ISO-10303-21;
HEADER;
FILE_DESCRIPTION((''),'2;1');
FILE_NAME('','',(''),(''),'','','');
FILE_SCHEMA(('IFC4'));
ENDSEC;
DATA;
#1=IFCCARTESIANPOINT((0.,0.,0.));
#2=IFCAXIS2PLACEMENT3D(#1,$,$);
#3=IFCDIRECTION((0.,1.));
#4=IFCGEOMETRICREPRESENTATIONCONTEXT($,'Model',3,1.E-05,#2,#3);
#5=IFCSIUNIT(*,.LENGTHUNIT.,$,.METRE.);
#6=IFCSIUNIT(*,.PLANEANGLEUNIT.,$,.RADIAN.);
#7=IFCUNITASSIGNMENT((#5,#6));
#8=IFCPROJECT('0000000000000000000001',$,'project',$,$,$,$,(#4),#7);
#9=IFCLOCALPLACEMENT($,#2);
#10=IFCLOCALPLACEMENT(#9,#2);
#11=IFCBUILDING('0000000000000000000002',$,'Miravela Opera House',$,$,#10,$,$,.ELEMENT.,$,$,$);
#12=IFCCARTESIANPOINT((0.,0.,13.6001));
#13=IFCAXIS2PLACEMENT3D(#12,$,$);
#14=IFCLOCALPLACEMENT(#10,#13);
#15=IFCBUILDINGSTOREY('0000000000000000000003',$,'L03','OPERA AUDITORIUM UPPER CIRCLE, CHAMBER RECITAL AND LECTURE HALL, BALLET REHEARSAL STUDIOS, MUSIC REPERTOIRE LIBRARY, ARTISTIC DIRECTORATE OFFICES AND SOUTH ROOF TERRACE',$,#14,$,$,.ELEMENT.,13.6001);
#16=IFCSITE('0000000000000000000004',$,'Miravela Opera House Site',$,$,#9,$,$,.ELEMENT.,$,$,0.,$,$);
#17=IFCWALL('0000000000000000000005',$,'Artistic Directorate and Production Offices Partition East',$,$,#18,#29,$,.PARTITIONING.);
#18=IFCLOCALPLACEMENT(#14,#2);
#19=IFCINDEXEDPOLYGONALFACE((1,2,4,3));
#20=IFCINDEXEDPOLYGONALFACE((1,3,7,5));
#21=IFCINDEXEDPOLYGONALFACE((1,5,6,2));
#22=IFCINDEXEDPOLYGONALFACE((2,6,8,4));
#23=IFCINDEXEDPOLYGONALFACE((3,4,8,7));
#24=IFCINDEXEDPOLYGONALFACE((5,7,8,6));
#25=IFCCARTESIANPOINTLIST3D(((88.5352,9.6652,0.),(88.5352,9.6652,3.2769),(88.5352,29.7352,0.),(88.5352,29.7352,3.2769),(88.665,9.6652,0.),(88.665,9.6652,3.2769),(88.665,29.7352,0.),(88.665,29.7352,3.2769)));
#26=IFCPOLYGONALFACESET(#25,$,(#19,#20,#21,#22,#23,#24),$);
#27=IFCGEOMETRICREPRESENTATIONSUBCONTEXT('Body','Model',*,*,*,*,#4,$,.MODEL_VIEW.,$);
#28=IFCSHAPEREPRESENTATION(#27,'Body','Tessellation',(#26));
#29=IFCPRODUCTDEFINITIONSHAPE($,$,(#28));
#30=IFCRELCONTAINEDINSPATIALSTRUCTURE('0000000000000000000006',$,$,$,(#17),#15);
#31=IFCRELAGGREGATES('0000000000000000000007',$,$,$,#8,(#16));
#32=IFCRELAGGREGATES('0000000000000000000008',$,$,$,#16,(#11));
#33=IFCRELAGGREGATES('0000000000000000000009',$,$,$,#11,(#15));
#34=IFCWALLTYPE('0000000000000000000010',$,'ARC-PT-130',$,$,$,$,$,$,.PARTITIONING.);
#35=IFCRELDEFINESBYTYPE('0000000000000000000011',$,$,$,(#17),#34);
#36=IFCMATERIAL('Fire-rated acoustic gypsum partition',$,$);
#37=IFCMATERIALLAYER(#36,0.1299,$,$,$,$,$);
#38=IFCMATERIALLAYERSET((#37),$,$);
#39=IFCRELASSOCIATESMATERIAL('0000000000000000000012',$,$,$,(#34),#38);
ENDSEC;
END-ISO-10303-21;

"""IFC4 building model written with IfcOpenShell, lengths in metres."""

from ifc_helpers import new_model, si_unit, direction, frame, frame_2d, origin, place, context, subcontext, project, spatial, rectangle, extrude, material, layer, layer_set, type_object, element, save


model = new_model("IFC4")

# Units and contexts
model_context = context("Model", 3, precision=1e-05, world=origin(), true_north=direction((0.0, 1.0)))
body_context = subcontext(model_context, "Body", "Model", "MODEL_VIEW")
ifc_project = project(units=[si_unit("LENGTHUNIT", "METRE"), si_unit("PLANEANGLEUNIT", "RADIAN")], contexts=[model_context])

# Site, building, storey
site_placement = place(None, origin())
site = spatial("IfcSite", under=ifc_project, at=site_placement, Name="Miravela Opera House Site", CompositionType="ELEMENT", RefElevation=0.0)
building_placement = place(site_placement, origin())
building = spatial("IfcBuilding", under=site, at=building_placement, Name="Miravela Opera House", CompositionType="ELEMENT")
storey_placement = place(building_placement, frame((0.0, 0.0, 13.6001)))
storey = spatial("IfcBuildingStorey", under=building, at=storey_placement, Name="L03", Description="OPERA AUDITORIUM UPPER CIRCLE, CHAMBER RECITAL AND LECTURE HALL, BALLET REHEARSAL STUDIOS, MUSIC REPERTOIRE LIBRARY, ARTISTIC DIRECTORATE OFFICES AND SOUTH ROOF TERRACE", CompositionType="ELEMENT", Elevation=13.6001)

# Wall
ifc_material_1 = material(Name="Fire-rated acoustic gypsum partition")
ifc_layer_1 = layer(ifc_material_1, 0.1299)
ifc_layer_set_1 = layer_set([ifc_layer_1])
wall_type_1 = type_object("IfcWallType", Name="ARC-PT-130", PredefinedType="PARTITIONING", material=ifc_layer_set_1)
wall_1_placement = place(storey_placement, frame((88.6001, 9.665, 0.0), z_axis=(0.0, 0.0, 1.0), x_axis=(0.0, 1.0, 0.0)))
element("IfcWall", 1, at=wall_1_placement, inside=storey, type_object=wall_type_1, Name="Artistic Directorate and Production Offices Partition East", PredefinedType="PARTITIONING", context=body_context, shape_type="SweptSolid", body=[
    extrude(rectangle(XDim=20.0701, YDim=0.1299, at=frame_2d((10.0352, 0.0))), origin(), (0.0, 0.0, 1.0), 3.2769),
])

save(model, "model.ifc")
